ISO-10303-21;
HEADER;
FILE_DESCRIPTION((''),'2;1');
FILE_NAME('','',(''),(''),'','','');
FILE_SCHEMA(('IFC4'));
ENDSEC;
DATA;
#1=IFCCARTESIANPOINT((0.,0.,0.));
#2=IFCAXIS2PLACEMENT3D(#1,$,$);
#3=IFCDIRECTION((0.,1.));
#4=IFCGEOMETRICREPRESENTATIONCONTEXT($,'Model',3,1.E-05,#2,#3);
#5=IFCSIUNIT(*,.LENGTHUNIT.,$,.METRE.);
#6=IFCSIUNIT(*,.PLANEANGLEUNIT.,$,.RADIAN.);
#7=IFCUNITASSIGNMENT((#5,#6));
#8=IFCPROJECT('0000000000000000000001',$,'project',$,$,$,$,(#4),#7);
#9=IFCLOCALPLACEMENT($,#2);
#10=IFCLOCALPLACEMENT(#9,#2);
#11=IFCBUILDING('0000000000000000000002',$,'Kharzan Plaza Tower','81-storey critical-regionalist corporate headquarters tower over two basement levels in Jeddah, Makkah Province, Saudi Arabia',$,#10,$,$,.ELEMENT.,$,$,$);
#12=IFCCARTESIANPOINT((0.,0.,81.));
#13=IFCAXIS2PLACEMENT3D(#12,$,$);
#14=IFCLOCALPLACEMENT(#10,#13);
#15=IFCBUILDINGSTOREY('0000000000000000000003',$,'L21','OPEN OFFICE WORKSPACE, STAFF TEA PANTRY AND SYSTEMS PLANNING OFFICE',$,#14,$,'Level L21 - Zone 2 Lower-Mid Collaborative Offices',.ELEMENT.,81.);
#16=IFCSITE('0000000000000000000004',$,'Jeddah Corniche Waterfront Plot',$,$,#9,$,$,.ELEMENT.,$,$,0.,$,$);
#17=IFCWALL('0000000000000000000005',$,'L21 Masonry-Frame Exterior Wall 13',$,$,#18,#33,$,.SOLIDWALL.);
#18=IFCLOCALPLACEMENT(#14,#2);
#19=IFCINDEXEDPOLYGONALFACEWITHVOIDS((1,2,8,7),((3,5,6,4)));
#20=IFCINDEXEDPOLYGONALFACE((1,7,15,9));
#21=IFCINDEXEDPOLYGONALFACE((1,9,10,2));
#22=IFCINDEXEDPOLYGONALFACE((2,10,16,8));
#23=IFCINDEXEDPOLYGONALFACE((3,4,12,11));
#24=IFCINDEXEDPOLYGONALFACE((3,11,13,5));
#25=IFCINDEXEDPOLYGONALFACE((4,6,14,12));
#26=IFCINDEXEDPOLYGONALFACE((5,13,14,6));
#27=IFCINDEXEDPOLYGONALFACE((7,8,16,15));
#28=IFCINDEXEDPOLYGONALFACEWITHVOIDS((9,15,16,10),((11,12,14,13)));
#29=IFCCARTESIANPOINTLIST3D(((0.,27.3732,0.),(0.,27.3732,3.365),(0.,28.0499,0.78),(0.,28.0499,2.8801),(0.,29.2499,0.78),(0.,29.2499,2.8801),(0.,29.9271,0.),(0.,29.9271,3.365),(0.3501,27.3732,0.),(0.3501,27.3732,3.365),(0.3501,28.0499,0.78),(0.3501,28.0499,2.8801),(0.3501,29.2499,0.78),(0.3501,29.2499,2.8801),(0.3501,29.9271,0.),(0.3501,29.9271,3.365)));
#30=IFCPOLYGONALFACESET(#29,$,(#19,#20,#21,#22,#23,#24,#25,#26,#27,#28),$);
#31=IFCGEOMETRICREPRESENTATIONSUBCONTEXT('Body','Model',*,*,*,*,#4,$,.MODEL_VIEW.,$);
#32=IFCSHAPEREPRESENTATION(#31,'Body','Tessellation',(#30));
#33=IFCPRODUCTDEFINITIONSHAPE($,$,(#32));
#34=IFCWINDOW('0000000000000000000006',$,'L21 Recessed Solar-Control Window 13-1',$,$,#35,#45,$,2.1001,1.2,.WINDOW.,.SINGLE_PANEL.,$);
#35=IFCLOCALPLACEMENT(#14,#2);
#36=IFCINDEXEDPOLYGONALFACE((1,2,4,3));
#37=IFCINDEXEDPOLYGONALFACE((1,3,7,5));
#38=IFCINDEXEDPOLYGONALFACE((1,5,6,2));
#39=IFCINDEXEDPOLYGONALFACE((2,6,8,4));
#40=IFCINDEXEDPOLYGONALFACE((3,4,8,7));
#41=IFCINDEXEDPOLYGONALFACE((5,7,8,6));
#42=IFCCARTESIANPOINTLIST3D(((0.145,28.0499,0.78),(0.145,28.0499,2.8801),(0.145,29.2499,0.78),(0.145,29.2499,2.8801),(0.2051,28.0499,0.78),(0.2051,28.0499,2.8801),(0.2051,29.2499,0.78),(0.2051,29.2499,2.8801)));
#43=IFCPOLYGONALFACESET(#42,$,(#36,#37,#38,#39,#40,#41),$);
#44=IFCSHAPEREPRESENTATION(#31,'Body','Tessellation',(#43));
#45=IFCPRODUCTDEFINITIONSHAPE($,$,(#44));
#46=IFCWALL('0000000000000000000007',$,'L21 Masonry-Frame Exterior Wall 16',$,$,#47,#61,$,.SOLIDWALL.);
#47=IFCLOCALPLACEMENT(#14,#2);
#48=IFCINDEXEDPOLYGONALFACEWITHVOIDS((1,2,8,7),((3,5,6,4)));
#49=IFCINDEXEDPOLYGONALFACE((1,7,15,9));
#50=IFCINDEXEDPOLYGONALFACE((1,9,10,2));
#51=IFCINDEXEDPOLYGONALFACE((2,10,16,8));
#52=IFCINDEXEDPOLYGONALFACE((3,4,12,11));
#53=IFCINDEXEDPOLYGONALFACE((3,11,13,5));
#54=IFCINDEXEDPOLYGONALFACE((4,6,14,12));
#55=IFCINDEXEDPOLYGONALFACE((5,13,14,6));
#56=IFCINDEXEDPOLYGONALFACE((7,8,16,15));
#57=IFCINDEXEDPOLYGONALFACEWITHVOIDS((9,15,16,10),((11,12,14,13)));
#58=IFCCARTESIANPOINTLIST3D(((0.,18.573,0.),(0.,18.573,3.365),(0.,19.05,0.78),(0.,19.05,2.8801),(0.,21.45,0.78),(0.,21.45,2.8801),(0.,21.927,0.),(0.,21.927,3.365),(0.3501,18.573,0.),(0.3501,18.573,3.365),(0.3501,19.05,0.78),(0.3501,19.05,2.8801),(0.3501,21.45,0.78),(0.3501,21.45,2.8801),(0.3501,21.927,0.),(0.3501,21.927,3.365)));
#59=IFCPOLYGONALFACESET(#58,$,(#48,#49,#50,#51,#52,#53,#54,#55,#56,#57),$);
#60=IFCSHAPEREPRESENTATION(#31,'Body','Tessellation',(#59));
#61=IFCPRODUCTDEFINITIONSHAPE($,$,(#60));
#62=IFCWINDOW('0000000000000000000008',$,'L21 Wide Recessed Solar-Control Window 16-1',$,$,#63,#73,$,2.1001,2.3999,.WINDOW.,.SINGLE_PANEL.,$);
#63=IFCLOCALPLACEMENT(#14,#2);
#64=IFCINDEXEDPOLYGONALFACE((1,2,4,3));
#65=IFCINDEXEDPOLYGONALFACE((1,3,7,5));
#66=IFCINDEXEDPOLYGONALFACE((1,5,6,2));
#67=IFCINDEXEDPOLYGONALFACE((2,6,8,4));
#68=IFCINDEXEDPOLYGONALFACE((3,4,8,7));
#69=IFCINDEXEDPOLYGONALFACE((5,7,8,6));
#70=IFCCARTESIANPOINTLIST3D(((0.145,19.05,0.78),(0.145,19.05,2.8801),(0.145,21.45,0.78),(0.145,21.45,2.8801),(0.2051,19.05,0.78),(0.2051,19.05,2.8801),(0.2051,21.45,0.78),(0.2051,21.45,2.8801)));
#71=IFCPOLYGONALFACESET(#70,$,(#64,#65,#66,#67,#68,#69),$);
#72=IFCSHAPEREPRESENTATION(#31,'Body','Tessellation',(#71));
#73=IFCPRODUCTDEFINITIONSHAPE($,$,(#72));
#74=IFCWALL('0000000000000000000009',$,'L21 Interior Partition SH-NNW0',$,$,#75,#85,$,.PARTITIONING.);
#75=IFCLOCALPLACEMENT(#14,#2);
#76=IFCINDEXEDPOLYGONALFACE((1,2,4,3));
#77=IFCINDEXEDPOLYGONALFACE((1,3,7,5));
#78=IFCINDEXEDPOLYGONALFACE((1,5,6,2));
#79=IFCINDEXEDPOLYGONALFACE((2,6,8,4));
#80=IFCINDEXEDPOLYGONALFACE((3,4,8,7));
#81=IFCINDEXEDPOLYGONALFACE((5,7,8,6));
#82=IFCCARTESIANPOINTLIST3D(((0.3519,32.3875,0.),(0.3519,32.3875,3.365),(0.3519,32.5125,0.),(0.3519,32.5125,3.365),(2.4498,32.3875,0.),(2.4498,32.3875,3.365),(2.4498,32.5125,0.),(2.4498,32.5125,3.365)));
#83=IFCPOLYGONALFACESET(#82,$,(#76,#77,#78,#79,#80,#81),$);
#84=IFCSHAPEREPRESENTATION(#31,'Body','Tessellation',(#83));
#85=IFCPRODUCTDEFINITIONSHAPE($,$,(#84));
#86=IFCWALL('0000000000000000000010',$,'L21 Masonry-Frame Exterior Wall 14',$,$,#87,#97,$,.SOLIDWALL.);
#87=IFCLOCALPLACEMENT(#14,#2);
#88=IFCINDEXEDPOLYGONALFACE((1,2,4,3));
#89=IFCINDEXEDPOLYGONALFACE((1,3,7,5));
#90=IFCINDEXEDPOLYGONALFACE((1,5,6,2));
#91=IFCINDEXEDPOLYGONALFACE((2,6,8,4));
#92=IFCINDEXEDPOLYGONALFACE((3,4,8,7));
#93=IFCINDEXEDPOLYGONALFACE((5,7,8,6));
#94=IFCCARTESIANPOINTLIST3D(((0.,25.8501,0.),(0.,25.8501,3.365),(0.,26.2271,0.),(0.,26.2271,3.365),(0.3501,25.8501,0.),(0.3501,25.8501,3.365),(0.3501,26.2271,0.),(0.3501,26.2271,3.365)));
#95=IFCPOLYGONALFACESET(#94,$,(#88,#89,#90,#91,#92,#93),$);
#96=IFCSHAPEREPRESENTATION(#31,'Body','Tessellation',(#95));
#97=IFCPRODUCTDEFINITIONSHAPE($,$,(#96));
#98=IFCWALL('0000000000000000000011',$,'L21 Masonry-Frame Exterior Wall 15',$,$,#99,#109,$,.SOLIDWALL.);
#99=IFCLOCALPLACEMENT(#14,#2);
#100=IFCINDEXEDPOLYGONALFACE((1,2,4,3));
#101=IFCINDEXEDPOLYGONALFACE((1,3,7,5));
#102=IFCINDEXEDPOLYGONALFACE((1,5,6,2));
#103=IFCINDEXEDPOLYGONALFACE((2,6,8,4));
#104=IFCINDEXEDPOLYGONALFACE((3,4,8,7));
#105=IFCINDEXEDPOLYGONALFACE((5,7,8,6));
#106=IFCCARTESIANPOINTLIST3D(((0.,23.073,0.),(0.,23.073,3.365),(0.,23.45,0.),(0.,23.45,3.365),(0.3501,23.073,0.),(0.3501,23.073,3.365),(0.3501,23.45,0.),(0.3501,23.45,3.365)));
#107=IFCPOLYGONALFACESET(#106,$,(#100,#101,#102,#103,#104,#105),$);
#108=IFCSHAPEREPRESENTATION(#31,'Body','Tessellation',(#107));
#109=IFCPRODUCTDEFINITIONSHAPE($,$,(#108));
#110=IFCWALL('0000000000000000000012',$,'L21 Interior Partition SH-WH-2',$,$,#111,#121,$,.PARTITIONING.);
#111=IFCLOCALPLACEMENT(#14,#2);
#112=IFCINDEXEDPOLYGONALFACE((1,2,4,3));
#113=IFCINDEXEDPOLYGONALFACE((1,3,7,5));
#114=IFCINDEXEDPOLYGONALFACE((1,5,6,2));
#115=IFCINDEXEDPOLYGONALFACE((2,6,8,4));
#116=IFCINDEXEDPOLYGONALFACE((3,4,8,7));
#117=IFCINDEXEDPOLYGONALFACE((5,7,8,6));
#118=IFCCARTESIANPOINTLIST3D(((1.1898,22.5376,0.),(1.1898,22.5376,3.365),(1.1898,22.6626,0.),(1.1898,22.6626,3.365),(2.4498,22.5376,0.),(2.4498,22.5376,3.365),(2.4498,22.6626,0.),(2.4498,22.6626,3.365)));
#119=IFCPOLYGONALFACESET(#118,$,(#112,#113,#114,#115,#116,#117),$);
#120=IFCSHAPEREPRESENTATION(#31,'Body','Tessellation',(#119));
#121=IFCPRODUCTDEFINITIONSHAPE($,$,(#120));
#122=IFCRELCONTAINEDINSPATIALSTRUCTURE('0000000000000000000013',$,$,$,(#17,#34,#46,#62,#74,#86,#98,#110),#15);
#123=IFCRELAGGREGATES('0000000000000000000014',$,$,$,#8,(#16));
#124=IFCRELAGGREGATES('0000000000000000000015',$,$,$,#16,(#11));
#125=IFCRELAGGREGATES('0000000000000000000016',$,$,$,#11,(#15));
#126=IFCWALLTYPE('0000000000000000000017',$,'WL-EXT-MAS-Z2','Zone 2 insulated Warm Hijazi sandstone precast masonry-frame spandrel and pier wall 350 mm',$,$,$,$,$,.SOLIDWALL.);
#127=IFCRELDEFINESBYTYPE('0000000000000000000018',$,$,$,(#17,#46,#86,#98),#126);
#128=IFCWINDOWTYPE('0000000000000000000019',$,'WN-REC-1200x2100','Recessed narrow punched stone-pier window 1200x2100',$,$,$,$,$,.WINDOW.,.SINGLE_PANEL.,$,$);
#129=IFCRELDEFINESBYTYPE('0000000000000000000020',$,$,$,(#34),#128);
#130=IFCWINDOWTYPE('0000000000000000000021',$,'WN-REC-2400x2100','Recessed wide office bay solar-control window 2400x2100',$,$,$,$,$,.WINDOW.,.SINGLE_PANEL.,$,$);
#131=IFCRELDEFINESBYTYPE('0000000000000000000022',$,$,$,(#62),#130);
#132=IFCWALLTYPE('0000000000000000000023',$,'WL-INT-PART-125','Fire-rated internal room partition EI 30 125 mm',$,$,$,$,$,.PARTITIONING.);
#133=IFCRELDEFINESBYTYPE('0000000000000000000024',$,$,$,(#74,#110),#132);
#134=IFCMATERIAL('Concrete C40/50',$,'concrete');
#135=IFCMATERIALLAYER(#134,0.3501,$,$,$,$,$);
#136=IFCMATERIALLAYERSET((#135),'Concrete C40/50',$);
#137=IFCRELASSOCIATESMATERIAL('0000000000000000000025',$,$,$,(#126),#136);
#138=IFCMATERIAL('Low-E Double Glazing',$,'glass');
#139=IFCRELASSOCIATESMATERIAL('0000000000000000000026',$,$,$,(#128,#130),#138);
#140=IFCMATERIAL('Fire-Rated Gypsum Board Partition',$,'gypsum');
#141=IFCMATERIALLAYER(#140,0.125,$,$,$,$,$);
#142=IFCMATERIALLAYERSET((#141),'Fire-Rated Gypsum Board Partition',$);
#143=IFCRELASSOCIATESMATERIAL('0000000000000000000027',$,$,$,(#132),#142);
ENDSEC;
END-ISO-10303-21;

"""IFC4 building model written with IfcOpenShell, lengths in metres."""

from ifc_helpers import new_model, si_unit, direction, frame, frame_2d, origin, place, context, subcontext, project, spatial, rectangle, extrude, source, transform, mapped, material, layer, layer_set, type_object, element, fill, save


model = new_model("IFC4")

# Units and contexts
model_context = context("Model", 3, precision=1e-05, world=origin(), true_north=direction((0.0, 1.0)))
body_context = subcontext(model_context, "Body", "Model", "MODEL_VIEW")
ifc_project = project(units=[si_unit("LENGTHUNIT", "METRE"), si_unit("PLANEANGLEUNIT", "RADIAN")], contexts=[model_context])

# Site, building, storey
site_placement = place(None, origin())
site = spatial("IfcSite", under=ifc_project, at=site_placement, Name="Jeddah Corniche Waterfront Plot", CompositionType="ELEMENT", RefElevation=0.0)
building_placement = place(site_placement, origin())
building = spatial("IfcBuilding", under=site, at=building_placement, Name="Kharzan Plaza Tower", Description="81-storey critical-regionalist corporate headquarters tower over two basement levels in Jeddah, Makkah Province, Saudi Arabia", CompositionType="ELEMENT")
storey_placement = place(building_placement, frame((0.0, 0.0, 81.0)))
storey = spatial("IfcBuildingStorey", under=building, at=storey_placement, Name="L21", Description="OPEN OFFICE WORKSPACE, STAFF TEA PANTRY AND SYSTEMS PLANNING OFFICE", LongName="Level L21 - Zone 2 Lower-Mid Collaborative Offices", CompositionType="ELEMENT", Elevation=81.0)

# Walls, openings, windows
ifc_material_1 = material(Name="Concrete C40/50", Category="concrete")
ifc_layer_1 = layer(ifc_material_1, 0.3501)
ifc_layer_set_1 = layer_set([ifc_layer_1], Name="Concrete C40/50")
wall_type_1 = type_object("IfcWallType", Name="WL-EXT-MAS-Z2", Description="Zone 2 insulated Warm Hijazi sandstone precast masonry-frame spandrel and pier wall 350 mm", PredefinedType="SOLIDWALL", material=ifc_layer_set_1)
wall_1_placement = place(storey_placement, frame((0.175, 29.927, 0.0), z_axis=(0.0, 0.0, 1.0), x_axis=(0.0, -1.0, 0.0)))
wall_1 = element("IfcWall", 1, at=wall_1_placement, inside=storey, type_object=wall_type_1, Name="L21 Masonry-Frame Exterior Wall 13", PredefinedType="SOLIDWALL", context=body_context, shape_type="SweptSolid", body=[
    extrude(rectangle(XDim=2.554, YDim=0.3501, at=frame_2d((1.2769, 0.0))), origin(), (0.0, 0.0, 1.0), 3.365),
])
opening_1_placement = place(wall_1_placement, frame((0.677, 0.0, 0.78)))
opening_1 = element("IfcOpeningElement", 2, at=opening_1_placement, cuts=wall_1, PredefinedType="OPENING", context=body_context, shape_type="SweptSolid", body=[
    extrude(rectangle(XDim=1.2, YDim=2.1001, at=frame_2d((0.6001, 1.05))), frame((0.0, 0.1851, 0.0), z_axis=(0.0, -1.0, 0.0), x_axis=(1.0, 0.0, 0.0)), (0.0, 0.0, 1.0), 0.3701),
])
ifc_material_2 = material(Name="Low-E Double Glazing", Category="glass")
window_type_1 = type_object("IfcWindowType", Name="WN-REC-1200x2100", Description="Recessed narrow punched stone-pier window 1200x2100", PartitioningType="SINGLE_PANEL", PredefinedType="WINDOW", material=ifc_material_2)
shared_shape_1 = source(origin(), body_context, "Body", "SweptSolid", [
    extrude(rectangle(XDim=1.2, YDim=2.1001, at=frame_2d((0.6001, 1.05))), frame((0.0, 0.03, 0.0), z_axis=(0.0, -1.0, 0.0), x_axis=(1.0, 0.0, 0.0)), (0.0, 0.0, 1.0), 0.0601),
])
window_1_placement = place(opening_1_placement, origin())
window_1 = element("IfcWindow", 3, at=window_1_placement, inside=storey, type_object=window_type_1, Name="L21 Recessed Solar-Control Window 13-1", OverallHeight=2.1001, OverallWidth=1.2, PartitioningType="SINGLE_PANEL", PredefinedType="WINDOW", context=body_context, shape_type="MappedRepresentation", body=[
    mapped(shared_shape_1, transform((0.0, 0.0, 0.0), x_axis=(1.0, 0.0, 0.0), y_axis=(0.0, 1.0, 0.0), z_axis=(0.0, 0.0, 1.0))),
])
fill(opening_1, window_1)
wall_2_placement = place(storey_placement, frame((0.175, 21.927, 0.0), z_axis=(0.0, 0.0, 1.0), x_axis=(0.0, -1.0, 0.0)))
wall_2 = element("IfcWall", 4, at=wall_2_placement, inside=storey, type_object=wall_type_1, Name="L21 Masonry-Frame Exterior Wall 16", PredefinedType="SOLIDWALL", context=body_context, shape_type="SweptSolid", body=[
    extrude(rectangle(XDim=3.354, YDim=0.3501, at=frame_2d((1.677, 0.0))), origin(), (0.0, 0.0, 1.0), 3.365),
])
opening_2_placement = place(wall_2_placement, frame((0.4771, 0.0, 0.78)))
opening_2 = element("IfcOpeningElement", 5, at=opening_2_placement, cuts=wall_2, PredefinedType="OPENING", context=body_context, shape_type="SweptSolid", body=[
    extrude(rectangle(XDim=2.3999, YDim=2.1001, at=frame_2d((1.2, 1.05))), frame((0.0, 0.1851, 0.0), z_axis=(0.0, -1.0, 0.0), x_axis=(1.0, 0.0, 0.0)), (0.0, 0.0, 1.0), 0.3701),
])
window_type_2 = type_object("IfcWindowType", Name="WN-REC-2400x2100", Description="Recessed wide office bay solar-control window 2400x2100", PartitioningType="SINGLE_PANEL", PredefinedType="WINDOW", material=ifc_material_2)
shared_shape_2 = source(origin(), body_context, "Body", "SweptSolid", [
    extrude(rectangle(XDim=2.3999, YDim=2.1001, at=frame_2d((1.2, 1.05))), frame((0.0, 0.03, 0.0), z_axis=(0.0, -1.0, 0.0), x_axis=(1.0, 0.0, 0.0)), (0.0, 0.0, 1.0), 0.0601),
])
window_2_placement = place(opening_2_placement, origin())
window_2 = element("IfcWindow", 6, at=window_2_placement, inside=storey, type_object=window_type_2, Name="L21 Wide Recessed Solar-Control Window 16-1", OverallHeight=2.1001, OverallWidth=2.3999, PartitioningType="SINGLE_PANEL", PredefinedType="WINDOW", context=body_context, shape_type="MappedRepresentation", body=[
    mapped(shared_shape_2, transform((0.0, 0.0, 0.0), x_axis=(1.0, 0.0, 0.0), y_axis=(0.0, 1.0, 0.0), z_axis=(0.0, 0.0, 1.0))),
])
fill(opening_2, window_2)

# Walls
ifc_material_3 = material(Name="Fire-Rated Gypsum Board Partition", Category="gypsum")
ifc_layer_2 = layer(ifc_material_3, 0.125)
ifc_layer_set_2 = layer_set([ifc_layer_2], Name="Fire-Rated Gypsum Board Partition")
wall_type_2 = type_object("IfcWallType", Name="WL-INT-PART-125", Description="Fire-rated internal room partition EI 30 125 mm", PredefinedType="PARTITIONING", material=ifc_layer_set_2)
shared_shape_3 = source(origin(), body_context, "Body", "SweptSolid", [
    extrude(rectangle(XDim=2.0979, YDim=0.125, at=frame_2d((1.0488, 0.0))), origin(), (0.0, 0.0, 1.0), 3.365),
])
wall_3_placement = place(storey_placement, frame((0.3521, 32.45, 0.0), z_axis=(0.0, 0.0, 1.0), x_axis=(1.0, 0.0, 0.0)))
element("IfcWall", 7, at=wall_3_placement, inside=storey, type_object=wall_type_2, Name="L21 Interior Partition SH-NNW0", PredefinedType="PARTITIONING", context=body_context, shape_type="MappedRepresentation", body=[
    mapped(shared_shape_3, transform((0.0, 0.0, 0.0), x_axis=(1.0, 0.0, 0.0), y_axis=(0.0, 1.0, 0.0), z_axis=(0.0, 0.0, 1.0))),
])
shared_shape_4 = source(origin(), body_context, "Body", "SweptSolid", [
    extrude(rectangle(XDim=0.377, YDim=0.3501, at=frame_2d((0.1885, 0.0))), origin(), (0.0, 0.0, 1.0), 3.365),
])
for number, where, z_axis, x_axis, name in (
    (8, (0.175, 26.2271, 0.0), (0.0, 0.0, 1.0), (0.0, -1.0, 0.0), "L21 Masonry-Frame Exterior Wall 14"),
    (9, (0.175, 23.45, 0.0), (0.0, 0.0, 1.0), (0.0, -1.0, 0.0), "L21 Masonry-Frame Exterior Wall 15"),
):
    element("IfcWall", number, at=place(storey_placement, frame(where, z_axis=z_axis, x_axis=x_axis)), inside=storey, type_object=wall_type_1, Name=name, PredefinedType="SOLIDWALL", context=body_context, shape_type="MappedRepresentation", body=[
        mapped(shared_shape_4, transform((0.0, 0.0, 0.0), x_axis=(1.0, 0.0, 0.0), y_axis=(0.0, 1.0, 0.0), z_axis=(0.0, 0.0, 1.0))),
    ])
shared_shape_5 = source(origin(), body_context, "Body", "SweptSolid", [
    extrude(rectangle(XDim=1.26, YDim=0.125, at=frame_2d((0.6299, 0.0))), origin(), (0.0, 0.0, 1.0), 3.365),
])
wall_4_placement = place(storey_placement, frame((1.1899, 22.6001, 0.0), z_axis=(0.0, 0.0, 1.0), x_axis=(1.0, 0.0, 0.0)))
element("IfcWall", 10, at=wall_4_placement, inside=storey, type_object=wall_type_2, Name="L21 Interior Partition SH-WH-2", PredefinedType="PARTITIONING", context=body_context, shape_type="MappedRepresentation", body=[
    mapped(shared_shape_5, transform((0.0, 0.0, 0.0), x_axis=(1.0, 0.0, 0.0), y_axis=(0.0, 1.0, 0.0), z_axis=(0.0, 0.0, 1.0))),
])

save(model, "model.ifc")
